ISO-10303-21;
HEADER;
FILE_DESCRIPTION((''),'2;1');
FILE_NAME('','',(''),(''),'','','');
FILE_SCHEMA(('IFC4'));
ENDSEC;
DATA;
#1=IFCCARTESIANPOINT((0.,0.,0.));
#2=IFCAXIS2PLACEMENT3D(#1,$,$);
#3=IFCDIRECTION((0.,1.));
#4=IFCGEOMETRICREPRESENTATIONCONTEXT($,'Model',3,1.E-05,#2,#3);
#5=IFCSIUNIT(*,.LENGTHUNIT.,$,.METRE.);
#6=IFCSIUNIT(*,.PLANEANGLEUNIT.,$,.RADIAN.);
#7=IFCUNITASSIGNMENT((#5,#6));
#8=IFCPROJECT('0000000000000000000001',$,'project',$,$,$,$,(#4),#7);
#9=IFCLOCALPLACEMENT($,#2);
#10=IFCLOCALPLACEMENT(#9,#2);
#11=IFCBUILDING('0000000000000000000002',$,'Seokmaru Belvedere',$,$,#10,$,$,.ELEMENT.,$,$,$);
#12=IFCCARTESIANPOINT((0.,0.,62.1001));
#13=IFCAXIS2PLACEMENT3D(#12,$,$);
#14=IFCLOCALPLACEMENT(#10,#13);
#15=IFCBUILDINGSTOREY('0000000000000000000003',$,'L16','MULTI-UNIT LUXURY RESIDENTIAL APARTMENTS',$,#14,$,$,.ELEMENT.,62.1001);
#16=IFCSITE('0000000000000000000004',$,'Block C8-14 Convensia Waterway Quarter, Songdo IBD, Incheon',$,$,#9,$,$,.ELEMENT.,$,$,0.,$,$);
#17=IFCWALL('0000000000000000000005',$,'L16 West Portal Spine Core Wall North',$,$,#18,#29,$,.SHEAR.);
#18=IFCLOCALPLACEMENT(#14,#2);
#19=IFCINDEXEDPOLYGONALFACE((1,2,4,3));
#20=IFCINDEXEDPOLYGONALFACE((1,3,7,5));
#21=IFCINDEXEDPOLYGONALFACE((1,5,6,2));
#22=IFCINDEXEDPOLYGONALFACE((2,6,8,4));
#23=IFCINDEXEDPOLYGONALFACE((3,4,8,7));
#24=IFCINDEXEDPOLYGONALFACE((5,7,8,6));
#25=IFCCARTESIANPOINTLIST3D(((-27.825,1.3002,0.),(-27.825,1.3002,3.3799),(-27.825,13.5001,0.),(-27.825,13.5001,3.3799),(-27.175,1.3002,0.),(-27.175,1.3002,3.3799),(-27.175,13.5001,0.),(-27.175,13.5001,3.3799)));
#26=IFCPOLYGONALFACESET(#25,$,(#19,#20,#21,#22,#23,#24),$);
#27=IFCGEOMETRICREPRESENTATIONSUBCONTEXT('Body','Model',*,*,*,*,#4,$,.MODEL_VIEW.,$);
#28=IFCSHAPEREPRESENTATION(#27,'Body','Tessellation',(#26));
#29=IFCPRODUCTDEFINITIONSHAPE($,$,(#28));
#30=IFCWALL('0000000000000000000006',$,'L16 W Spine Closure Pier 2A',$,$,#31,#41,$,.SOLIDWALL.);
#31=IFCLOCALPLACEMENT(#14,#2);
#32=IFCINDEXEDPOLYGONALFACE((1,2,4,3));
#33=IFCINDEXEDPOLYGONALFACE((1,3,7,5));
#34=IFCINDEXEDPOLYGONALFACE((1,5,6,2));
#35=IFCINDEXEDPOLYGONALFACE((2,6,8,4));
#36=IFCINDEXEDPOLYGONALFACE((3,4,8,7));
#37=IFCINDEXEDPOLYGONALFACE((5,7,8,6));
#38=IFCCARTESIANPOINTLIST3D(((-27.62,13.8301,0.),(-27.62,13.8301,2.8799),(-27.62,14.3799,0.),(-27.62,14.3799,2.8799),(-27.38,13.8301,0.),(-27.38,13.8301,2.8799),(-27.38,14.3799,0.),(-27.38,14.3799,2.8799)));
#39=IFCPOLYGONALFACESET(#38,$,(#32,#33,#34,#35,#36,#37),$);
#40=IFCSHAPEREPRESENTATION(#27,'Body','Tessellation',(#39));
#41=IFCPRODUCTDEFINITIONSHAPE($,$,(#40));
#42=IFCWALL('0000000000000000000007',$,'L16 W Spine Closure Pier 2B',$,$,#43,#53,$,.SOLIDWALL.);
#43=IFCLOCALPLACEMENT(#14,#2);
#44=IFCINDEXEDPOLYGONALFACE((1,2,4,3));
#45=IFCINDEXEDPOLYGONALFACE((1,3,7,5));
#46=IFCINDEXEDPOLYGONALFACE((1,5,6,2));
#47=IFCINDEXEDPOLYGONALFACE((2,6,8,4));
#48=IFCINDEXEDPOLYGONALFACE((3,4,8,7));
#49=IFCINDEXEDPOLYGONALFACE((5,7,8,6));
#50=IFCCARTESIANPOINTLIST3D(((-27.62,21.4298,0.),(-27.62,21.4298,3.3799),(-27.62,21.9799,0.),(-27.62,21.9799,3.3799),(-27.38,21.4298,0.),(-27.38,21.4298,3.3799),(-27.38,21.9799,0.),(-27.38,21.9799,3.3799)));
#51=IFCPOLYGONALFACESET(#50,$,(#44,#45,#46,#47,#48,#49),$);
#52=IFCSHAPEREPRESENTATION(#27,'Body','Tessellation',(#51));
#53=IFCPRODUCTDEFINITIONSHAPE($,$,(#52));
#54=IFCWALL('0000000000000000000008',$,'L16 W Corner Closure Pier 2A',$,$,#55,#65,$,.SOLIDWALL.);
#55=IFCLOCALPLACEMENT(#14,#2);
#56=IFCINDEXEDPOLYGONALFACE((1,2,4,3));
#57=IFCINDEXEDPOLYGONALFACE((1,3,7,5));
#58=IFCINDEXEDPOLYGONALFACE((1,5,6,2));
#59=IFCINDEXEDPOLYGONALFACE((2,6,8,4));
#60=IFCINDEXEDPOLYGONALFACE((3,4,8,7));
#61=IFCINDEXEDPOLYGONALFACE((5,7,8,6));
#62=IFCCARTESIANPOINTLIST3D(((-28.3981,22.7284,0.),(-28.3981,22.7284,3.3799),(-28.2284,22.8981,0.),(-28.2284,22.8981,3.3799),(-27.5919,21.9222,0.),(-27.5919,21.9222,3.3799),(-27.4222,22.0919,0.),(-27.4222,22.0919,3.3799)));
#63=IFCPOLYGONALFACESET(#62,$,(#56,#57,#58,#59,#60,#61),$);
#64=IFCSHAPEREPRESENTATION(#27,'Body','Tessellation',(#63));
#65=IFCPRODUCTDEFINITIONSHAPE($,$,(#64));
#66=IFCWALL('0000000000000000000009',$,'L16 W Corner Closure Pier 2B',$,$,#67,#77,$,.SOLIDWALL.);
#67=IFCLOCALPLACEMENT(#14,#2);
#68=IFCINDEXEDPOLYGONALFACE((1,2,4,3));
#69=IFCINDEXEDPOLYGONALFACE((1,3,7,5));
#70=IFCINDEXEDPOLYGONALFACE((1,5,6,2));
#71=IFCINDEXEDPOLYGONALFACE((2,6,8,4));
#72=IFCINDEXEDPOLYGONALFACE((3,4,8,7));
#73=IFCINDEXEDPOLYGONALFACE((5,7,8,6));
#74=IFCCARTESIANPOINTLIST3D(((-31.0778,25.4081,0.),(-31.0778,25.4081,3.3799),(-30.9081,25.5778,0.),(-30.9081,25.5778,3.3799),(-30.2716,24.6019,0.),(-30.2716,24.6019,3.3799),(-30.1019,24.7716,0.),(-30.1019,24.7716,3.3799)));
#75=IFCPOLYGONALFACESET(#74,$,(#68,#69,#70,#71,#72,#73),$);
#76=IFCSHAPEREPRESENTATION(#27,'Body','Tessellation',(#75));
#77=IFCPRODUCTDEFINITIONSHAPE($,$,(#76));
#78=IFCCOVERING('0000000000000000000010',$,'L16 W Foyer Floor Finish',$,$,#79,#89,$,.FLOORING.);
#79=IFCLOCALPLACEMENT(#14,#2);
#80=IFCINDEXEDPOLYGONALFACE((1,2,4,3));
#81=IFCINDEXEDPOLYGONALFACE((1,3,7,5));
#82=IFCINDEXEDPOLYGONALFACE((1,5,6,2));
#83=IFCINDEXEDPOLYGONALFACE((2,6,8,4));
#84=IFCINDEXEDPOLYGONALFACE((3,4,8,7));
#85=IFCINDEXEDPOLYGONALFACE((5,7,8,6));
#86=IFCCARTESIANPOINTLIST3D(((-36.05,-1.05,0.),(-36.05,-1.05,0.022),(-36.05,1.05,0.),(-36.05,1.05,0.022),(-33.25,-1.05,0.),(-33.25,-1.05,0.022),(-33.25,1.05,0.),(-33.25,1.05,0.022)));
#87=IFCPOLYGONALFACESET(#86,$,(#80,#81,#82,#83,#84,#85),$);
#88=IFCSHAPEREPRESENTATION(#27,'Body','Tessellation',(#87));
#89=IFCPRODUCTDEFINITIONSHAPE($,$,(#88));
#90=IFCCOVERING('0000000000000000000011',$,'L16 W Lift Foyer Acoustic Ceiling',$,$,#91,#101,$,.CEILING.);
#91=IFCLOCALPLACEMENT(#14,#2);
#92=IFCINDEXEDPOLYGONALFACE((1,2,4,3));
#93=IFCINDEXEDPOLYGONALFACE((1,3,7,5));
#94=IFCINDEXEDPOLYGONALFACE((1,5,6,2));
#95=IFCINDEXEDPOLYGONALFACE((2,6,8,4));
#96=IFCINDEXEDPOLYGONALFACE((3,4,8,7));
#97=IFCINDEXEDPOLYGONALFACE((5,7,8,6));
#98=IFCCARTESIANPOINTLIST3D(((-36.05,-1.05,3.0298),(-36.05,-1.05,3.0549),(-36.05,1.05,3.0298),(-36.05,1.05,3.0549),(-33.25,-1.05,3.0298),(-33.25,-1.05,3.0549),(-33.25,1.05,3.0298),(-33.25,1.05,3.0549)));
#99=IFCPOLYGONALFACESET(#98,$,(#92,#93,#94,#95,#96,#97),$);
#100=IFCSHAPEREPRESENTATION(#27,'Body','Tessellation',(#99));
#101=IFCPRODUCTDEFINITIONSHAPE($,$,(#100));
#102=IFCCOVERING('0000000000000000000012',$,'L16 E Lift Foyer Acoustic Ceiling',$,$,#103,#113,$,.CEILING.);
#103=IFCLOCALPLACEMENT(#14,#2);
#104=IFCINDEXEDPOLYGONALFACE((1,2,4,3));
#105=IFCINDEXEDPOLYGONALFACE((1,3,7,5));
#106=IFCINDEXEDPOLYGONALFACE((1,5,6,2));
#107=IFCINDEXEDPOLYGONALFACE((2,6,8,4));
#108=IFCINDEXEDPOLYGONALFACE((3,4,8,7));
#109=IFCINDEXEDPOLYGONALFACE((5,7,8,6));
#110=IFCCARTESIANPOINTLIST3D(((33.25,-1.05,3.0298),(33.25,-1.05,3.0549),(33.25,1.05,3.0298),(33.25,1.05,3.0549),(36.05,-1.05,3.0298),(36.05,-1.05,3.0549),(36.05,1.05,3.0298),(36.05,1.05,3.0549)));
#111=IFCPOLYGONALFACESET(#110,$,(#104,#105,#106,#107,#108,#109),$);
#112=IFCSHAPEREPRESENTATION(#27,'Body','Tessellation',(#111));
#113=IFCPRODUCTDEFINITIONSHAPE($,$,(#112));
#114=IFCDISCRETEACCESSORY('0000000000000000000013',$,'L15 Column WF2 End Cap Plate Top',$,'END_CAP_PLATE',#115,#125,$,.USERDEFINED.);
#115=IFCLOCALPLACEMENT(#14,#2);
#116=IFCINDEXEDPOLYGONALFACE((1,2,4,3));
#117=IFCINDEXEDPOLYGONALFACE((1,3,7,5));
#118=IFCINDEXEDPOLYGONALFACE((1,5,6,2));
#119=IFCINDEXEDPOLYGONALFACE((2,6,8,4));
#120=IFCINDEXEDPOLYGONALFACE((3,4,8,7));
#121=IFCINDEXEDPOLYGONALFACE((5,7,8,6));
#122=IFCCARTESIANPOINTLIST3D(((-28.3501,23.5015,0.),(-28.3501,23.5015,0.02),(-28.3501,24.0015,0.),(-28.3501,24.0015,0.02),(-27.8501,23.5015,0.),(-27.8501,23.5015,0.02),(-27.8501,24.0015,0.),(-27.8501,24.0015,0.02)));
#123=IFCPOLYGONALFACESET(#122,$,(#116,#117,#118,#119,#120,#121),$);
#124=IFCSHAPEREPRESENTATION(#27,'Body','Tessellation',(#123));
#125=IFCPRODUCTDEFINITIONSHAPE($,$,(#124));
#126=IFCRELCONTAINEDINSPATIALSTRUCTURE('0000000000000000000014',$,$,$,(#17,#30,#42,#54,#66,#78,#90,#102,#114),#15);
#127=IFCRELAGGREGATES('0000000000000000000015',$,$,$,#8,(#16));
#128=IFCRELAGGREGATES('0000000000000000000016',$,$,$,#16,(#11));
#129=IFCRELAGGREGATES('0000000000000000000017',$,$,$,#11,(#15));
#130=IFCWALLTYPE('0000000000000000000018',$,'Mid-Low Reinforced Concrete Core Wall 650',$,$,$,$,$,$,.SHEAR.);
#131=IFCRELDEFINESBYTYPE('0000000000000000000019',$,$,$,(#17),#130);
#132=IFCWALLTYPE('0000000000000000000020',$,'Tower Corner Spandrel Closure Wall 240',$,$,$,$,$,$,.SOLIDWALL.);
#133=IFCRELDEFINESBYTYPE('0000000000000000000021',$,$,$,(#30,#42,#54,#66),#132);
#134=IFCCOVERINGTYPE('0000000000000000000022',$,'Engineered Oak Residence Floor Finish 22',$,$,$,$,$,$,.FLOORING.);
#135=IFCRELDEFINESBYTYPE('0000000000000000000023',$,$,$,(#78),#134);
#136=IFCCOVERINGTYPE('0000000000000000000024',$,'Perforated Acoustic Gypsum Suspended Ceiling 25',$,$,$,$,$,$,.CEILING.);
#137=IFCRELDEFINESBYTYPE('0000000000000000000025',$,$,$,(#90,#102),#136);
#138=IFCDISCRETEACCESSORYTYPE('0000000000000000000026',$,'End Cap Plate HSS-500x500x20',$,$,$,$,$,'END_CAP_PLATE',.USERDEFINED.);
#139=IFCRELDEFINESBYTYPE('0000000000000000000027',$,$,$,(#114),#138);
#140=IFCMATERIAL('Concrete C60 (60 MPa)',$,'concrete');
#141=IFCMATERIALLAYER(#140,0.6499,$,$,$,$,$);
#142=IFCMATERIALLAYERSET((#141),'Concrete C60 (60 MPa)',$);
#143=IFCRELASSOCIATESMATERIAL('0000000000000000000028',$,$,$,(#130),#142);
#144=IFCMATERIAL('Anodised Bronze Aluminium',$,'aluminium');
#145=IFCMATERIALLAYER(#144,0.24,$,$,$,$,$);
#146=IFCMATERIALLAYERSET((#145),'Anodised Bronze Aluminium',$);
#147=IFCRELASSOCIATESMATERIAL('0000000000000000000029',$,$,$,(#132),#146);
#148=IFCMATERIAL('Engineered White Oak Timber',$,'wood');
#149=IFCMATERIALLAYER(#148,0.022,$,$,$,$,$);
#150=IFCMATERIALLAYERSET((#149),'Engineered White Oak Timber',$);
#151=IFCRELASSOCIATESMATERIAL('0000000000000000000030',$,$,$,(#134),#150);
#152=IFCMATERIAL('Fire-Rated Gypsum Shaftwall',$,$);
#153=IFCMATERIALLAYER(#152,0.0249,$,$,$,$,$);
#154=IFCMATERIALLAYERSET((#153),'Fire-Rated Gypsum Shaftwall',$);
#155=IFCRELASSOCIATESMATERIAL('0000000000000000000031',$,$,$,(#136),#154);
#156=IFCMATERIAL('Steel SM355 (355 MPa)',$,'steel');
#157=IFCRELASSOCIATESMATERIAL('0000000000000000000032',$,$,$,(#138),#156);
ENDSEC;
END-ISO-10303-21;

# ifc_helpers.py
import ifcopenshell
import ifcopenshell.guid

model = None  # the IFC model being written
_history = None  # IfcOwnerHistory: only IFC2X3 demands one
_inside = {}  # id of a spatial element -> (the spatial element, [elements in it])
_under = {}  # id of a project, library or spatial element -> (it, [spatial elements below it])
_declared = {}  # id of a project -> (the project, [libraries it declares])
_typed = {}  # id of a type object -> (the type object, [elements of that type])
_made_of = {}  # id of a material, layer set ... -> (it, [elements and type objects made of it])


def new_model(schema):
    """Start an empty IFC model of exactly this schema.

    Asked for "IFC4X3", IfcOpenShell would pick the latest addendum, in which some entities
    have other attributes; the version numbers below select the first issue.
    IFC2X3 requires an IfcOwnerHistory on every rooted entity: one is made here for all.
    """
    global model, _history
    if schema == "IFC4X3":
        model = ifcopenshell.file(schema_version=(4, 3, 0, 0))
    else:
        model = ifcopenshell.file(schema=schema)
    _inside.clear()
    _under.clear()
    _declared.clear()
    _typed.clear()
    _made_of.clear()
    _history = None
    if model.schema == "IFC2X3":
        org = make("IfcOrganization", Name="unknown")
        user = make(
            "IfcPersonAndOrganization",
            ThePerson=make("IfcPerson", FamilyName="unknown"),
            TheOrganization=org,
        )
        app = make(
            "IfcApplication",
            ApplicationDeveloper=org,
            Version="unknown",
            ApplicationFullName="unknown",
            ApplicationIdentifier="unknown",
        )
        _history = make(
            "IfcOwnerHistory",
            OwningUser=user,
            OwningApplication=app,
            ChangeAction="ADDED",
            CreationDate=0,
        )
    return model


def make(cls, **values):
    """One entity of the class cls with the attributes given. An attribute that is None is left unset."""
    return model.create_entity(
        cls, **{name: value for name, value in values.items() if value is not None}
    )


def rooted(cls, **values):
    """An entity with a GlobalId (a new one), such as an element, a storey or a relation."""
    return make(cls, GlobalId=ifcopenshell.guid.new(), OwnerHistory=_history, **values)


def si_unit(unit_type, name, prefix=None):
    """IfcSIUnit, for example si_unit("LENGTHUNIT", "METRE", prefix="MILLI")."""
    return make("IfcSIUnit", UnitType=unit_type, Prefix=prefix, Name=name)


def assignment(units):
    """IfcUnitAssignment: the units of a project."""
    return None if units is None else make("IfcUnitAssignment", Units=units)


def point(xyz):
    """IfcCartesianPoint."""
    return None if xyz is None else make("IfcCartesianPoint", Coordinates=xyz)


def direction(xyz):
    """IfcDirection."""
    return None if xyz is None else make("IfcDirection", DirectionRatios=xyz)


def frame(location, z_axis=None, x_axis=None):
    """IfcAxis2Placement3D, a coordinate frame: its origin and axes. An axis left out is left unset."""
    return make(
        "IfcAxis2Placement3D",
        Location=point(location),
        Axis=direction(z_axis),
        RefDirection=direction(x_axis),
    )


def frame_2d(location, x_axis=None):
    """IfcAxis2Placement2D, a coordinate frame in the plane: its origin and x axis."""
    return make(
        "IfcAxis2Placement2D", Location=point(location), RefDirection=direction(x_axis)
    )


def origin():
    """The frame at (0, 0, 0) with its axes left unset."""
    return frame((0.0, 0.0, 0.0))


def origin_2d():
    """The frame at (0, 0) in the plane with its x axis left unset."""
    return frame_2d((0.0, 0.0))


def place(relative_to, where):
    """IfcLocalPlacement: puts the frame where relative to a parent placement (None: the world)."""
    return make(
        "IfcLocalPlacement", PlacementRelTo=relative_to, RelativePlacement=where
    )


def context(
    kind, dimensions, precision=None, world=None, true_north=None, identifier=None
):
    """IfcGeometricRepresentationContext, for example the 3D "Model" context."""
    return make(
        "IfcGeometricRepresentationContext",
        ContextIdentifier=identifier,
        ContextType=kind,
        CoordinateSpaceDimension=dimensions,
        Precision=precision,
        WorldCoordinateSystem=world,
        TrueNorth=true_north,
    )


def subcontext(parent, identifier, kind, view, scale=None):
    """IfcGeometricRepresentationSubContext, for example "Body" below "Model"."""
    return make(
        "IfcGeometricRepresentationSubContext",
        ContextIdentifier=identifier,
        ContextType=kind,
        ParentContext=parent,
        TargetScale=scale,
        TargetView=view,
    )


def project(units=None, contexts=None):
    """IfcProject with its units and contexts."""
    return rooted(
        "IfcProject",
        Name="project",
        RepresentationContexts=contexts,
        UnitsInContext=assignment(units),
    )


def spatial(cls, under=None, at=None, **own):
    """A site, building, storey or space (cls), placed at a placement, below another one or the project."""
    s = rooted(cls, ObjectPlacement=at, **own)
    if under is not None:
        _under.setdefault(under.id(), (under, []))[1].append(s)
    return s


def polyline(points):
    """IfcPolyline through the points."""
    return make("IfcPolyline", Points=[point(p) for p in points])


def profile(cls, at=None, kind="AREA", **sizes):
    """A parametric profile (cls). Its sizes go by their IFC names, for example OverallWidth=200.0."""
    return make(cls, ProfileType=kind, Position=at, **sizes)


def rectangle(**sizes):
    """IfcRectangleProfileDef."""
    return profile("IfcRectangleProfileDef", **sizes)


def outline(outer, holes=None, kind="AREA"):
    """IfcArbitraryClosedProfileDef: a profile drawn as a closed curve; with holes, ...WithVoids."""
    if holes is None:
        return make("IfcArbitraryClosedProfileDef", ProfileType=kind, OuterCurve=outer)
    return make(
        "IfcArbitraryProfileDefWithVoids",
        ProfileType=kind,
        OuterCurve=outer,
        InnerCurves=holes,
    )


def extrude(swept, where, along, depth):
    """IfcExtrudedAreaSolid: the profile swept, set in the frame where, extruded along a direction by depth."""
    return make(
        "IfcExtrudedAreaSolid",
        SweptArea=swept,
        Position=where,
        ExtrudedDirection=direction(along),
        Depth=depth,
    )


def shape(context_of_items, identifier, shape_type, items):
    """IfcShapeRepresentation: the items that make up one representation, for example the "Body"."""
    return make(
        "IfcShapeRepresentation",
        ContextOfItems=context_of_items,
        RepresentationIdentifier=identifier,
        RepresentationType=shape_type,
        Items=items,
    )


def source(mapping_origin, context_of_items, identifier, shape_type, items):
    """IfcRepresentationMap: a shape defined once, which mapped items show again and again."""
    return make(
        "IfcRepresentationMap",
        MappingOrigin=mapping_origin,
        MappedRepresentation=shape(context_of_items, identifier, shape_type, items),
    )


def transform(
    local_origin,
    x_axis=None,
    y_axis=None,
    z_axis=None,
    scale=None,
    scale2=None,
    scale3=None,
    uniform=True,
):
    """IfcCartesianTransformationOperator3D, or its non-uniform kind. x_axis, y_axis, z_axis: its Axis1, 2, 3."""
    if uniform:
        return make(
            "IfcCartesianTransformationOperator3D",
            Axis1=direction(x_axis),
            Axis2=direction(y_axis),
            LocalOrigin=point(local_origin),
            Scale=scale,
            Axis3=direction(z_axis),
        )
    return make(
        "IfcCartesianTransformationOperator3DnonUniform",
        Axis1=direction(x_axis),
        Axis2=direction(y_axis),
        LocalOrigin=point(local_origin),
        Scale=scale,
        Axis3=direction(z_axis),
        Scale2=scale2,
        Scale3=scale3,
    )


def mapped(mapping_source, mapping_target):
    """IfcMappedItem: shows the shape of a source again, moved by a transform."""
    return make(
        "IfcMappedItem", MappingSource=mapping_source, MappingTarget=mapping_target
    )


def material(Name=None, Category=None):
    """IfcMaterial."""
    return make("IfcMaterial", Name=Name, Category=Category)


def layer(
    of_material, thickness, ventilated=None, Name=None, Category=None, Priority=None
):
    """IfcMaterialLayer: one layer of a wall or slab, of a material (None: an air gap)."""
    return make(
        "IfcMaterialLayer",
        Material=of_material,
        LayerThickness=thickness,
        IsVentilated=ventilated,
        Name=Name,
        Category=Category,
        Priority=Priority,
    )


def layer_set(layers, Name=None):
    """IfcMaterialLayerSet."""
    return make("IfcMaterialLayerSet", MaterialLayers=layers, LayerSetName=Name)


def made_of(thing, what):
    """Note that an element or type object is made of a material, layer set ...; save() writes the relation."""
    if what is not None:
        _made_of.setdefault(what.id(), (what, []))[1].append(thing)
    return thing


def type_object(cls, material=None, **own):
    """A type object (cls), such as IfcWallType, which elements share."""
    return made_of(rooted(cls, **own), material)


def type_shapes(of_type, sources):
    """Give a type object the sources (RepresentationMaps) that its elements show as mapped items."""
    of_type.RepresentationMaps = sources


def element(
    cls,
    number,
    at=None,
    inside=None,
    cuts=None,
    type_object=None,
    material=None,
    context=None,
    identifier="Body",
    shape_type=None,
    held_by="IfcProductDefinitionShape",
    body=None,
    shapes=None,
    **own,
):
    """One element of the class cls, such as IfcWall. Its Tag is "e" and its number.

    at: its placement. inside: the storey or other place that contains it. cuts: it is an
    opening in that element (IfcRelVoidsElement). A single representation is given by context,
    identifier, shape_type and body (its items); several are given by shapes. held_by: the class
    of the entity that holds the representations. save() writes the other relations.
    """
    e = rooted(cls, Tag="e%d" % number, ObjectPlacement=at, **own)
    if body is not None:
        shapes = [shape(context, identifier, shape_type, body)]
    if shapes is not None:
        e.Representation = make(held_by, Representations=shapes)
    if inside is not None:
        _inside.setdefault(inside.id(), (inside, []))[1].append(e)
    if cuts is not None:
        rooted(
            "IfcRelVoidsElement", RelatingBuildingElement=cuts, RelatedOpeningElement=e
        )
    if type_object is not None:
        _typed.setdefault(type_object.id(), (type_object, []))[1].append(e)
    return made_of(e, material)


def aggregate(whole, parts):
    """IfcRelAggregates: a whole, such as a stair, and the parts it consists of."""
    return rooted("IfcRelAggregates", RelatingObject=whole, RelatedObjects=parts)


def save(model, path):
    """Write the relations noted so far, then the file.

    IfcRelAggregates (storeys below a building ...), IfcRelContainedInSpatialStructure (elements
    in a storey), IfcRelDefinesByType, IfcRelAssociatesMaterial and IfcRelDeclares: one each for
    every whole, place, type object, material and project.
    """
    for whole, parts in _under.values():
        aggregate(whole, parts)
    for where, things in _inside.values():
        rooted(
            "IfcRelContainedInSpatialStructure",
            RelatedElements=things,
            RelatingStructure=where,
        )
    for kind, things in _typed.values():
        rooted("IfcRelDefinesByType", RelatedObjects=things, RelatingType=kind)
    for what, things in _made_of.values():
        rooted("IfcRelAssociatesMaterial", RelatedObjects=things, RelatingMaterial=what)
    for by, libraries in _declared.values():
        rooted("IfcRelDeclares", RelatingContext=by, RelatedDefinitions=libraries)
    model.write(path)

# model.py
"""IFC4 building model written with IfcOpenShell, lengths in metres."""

from ifc_helpers import new_model, si_unit, direction, frame, frame_2d, origin, origin_2d, place, context, subcontext, project, spatial, polyline, rectangle, outline, extrude, source, transform, mapped, material, layer, layer_set, type_object, type_shapes, element, save


model = new_model("IFC4")

# Units and contexts
model_context = context("Model", 3, precision=1e-05, world=origin(), true_north=direction((0.0, 1.0)))
body_context = subcontext(model_context, "Body", "Model", "MODEL_VIEW")
ifc_project = project(units=[si_unit("LENGTHUNIT", "METRE"), si_unit("PLANEANGLEUNIT", "RADIAN")], contexts=[model_context])

# Site, building, storey
site_placement = place(None, origin())
site = spatial("IfcSite", under=ifc_project, at=site_placement, Name="Block C8-14 Convensia Waterway Quarter, Songdo IBD, Incheon", CompositionType="ELEMENT", RefElevation=0.0)
building_placement = place(site_placement, origin())
building = spatial("IfcBuilding", under=site, at=building_placement, Name="Seokmaru Belvedere", CompositionType="ELEMENT")
storey_placement = place(building_placement, frame((0.0, 0.0, 62.1001)))
storey = spatial("IfcBuildingStorey", under=building, at=storey_placement, Name="L16", Description="MULTI-UNIT LUXURY RESIDENTIAL APARTMENTS", CompositionType="ELEMENT", Elevation=62.1001)

# Shared definitions
ifc_material_1 = material(Name="Steel SM355 (355 MPa)", Category="steel")

# Shared definitions
ifc_material_2 = material(Name="Anodised Bronze Aluminium", Category="aluminium")

# Walls
ifc_material_3 = material(Name="Concrete C60 (60 MPa)", Category="concrete")
ifc_layer_1 = layer(ifc_material_3, 0.6499)
ifc_layer_set_1 = layer_set([ifc_layer_1], Name="Concrete C60 (60 MPa)")
wall_type_1 = type_object("IfcWallType", Name="Mid-Low Reinforced Concrete Core Wall 650", PredefinedType="SHEAR", material=ifc_layer_set_1)
wall_1_placement = place(storey_placement, frame((-27.5, 1.3, 0.0), z_axis=(0.0, 0.0, 1.0), x_axis=(0.0, 1.0, 0.0)))
element("IfcWall", 1, at=wall_1_placement, inside=storey, type_object=wall_type_1, Name="L16 West Portal Spine Core Wall North", PredefinedType="SHEAR", context=body_context, shape_type="SweptSolid", body=[
    extrude(rectangle(XDim=12.2, YDim=0.6499, at=frame_2d((6.1001, 0.0))), origin(), (0.0, 0.0, 1.0), 3.3799),
])
ifc_layer_2 = layer(ifc_material_2, 0.24)
ifc_layer_set_2 = layer_set([ifc_layer_2], Name="Anodised Bronze Aluminium")
wall_type_2 = type_object("IfcWallType", Name="Tower Corner Spandrel Closure Wall 240", PredefinedType="SOLIDWALL", material=ifc_layer_set_2)
wall_2_placement = place(storey_placement, frame((-27.5, 13.8301, 0.0), z_axis=(0.0, 0.0, 1.0), x_axis=(0.0, 1.0, 0.0)))
element("IfcWall", 2, at=wall_2_placement, inside=storey, type_object=wall_type_2, Name="L16 W Spine Closure Pier 2A", PredefinedType="SOLIDWALL", context=body_context, shape_type="SweptSolid", body=[
    extrude(rectangle(XDim=0.5498, YDim=0.24, at=frame_2d((0.2749, 0.0))), origin(), (0.0, 0.0, 1.0), 2.8799),
])
wall_3_placement = place(storey_placement, frame((-27.5, 21.4299, 0.0), z_axis=(0.0, 0.0, 1.0), x_axis=(0.0, 1.0, 0.0)))
element("IfcWall", 3, at=wall_3_placement, inside=storey, type_object=wall_type_2, Name="L16 W Spine Closure Pier 2B", PredefinedType="SOLIDWALL", context=body_context, shape_type="SweptSolid", body=[
    extrude(rectangle(XDim=0.55, YDim=0.24, at=frame_2d((0.2749, 0.0))), origin(), (0.0, 0.0, 1.0), 3.3799),
])
for number, where, z_axis, x_axis, name in (
    (4, (-27.5071, 22.0071, 0.0), (0.0, 0.0, 1.0), (-0.707107, 0.707107, 0.0), "L16 W Corner Closure Pier 2A"),
    (5, (-30.1868, 24.6868, 0.0), (0.0, 0.0, 1.0), (-0.707107, 0.707107, 0.0), "L16 W Corner Closure Pier 2B"),
):
    element("IfcWall", number, at=place(storey_placement, frame(where, z_axis=z_axis, x_axis=x_axis)), inside=storey, type_object=wall_type_2, Name=name, PredefinedType="SOLIDWALL", context=body_context, shape_type="SweptSolid", body=[
        extrude(rectangle(XDim=1.1401, YDim=0.24, at=frame_2d((0.5701, 0.0))), origin(), (0.0, 0.0, 1.0), 3.3799),
    ])

# Coverings
ifc_material_4 = material(Name="Engineered White Oak Timber", Category="wood")
ifc_layer_3 = layer(ifc_material_4, 0.022)
ifc_layer_set_3 = layer_set([ifc_layer_3], Name="Engineered White Oak Timber")
covering_type_1 = type_object("IfcCoveringType", Name="Engineered Oak Residence Floor Finish 22", PredefinedType="FLOORING", material=ifc_layer_set_3)
covering_1_placement = place(storey_placement, origin())
element("IfcCovering", 6, at=covering_1_placement, inside=storey, type_object=covering_type_1, Name="L16 W Foyer Floor Finish", PredefinedType="FLOORING", context=body_context, shape_type="SweptSolid", body=[
    extrude(outline(polyline([(-36.05, -1.05), (-33.25, -1.05), (-33.25, 1.05), (-36.05, 1.05), (-36.05, -1.05)])), origin(), (0.0, 0.0, 1.0), 0.022),
])
ifc_material_5 = material(Name="Fire-Rated Gypsum Shaftwall")
ifc_layer_4 = layer(ifc_material_5, 0.0249)
ifc_layer_set_4 = layer_set([ifc_layer_4], Name="Fire-Rated Gypsum Shaftwall")
covering_type_2 = type_object("IfcCoveringType", Name="Perforated Acoustic Gypsum Suspended Ceiling 25", PredefinedType="CEILING", material=ifc_layer_set_4)
covering_2_placement = place(storey_placement, frame((0.0, 0.0, 3.0298)))
element("IfcCovering", 7, at=covering_2_placement, inside=storey, type_object=covering_type_2, Name="L16 W Lift Foyer Acoustic Ceiling", PredefinedType="CEILING", context=body_context, shape_type="SweptSolid", body=[
    extrude(outline(polyline([(-36.05, -1.05), (-33.25, -1.05), (-33.25, 1.05), (-36.05, 1.05), (-36.05, -1.05)])), origin(), (0.0, 0.0, 1.0), 0.0251),
])
covering_3_placement = place(storey_placement, frame((0.0, 0.0, 3.0298)))
element("IfcCovering", 8, at=covering_3_placement, inside=storey, type_object=covering_type_2, Name="L16 E Lift Foyer Acoustic Ceiling", PredefinedType="CEILING", context=body_context, shape_type="SweptSolid", body=[
    extrude(outline(polyline([(33.25, -1.05), (36.05, -1.05), (36.05, 1.05), (33.25, 1.05), (33.25, -1.05)])), origin(), (0.0, 0.0, 1.0), 0.0251),
])

# Discrete accessory
discrete_accessory_type = type_object("IfcDiscreteAccessoryType", Name="End Cap Plate HSS-500x500x20", ElementType="END_CAP_PLATE", PredefinedType="USERDEFINED", material=ifc_material_1)
shared_shape_1 = source(origin(), body_context, "Body", "SweptSolid", [
    extrude(rectangle(XDim=0.5, YDim=0.5, at=origin_2d()), origin(), (0.0, 0.0, 1.0), 0.02),
])
type_shapes(discrete_accessory_type, [shared_shape_1])
discrete_accessory_placement = place(storey_placement, frame((-28.1001, 23.7515, 0.0), z_axis=(0.0, 0.0, 1.0), x_axis=(1.0, 0.0, 0.0)))
element("IfcDiscreteAccessory", 9, at=discrete_accessory_placement, inside=storey, type_object=discrete_accessory_type, Name="L15 Column WF2 End Cap Plate Top", ObjectType="END_CAP_PLATE", PredefinedType="USERDEFINED", context=body_context, shape_type="MappedRepresentation", body=[
    mapped(shared_shape_1, transform((0.0, 0.0, 0.0), scale=1.0)),
])

save(model, "model.ifc")
